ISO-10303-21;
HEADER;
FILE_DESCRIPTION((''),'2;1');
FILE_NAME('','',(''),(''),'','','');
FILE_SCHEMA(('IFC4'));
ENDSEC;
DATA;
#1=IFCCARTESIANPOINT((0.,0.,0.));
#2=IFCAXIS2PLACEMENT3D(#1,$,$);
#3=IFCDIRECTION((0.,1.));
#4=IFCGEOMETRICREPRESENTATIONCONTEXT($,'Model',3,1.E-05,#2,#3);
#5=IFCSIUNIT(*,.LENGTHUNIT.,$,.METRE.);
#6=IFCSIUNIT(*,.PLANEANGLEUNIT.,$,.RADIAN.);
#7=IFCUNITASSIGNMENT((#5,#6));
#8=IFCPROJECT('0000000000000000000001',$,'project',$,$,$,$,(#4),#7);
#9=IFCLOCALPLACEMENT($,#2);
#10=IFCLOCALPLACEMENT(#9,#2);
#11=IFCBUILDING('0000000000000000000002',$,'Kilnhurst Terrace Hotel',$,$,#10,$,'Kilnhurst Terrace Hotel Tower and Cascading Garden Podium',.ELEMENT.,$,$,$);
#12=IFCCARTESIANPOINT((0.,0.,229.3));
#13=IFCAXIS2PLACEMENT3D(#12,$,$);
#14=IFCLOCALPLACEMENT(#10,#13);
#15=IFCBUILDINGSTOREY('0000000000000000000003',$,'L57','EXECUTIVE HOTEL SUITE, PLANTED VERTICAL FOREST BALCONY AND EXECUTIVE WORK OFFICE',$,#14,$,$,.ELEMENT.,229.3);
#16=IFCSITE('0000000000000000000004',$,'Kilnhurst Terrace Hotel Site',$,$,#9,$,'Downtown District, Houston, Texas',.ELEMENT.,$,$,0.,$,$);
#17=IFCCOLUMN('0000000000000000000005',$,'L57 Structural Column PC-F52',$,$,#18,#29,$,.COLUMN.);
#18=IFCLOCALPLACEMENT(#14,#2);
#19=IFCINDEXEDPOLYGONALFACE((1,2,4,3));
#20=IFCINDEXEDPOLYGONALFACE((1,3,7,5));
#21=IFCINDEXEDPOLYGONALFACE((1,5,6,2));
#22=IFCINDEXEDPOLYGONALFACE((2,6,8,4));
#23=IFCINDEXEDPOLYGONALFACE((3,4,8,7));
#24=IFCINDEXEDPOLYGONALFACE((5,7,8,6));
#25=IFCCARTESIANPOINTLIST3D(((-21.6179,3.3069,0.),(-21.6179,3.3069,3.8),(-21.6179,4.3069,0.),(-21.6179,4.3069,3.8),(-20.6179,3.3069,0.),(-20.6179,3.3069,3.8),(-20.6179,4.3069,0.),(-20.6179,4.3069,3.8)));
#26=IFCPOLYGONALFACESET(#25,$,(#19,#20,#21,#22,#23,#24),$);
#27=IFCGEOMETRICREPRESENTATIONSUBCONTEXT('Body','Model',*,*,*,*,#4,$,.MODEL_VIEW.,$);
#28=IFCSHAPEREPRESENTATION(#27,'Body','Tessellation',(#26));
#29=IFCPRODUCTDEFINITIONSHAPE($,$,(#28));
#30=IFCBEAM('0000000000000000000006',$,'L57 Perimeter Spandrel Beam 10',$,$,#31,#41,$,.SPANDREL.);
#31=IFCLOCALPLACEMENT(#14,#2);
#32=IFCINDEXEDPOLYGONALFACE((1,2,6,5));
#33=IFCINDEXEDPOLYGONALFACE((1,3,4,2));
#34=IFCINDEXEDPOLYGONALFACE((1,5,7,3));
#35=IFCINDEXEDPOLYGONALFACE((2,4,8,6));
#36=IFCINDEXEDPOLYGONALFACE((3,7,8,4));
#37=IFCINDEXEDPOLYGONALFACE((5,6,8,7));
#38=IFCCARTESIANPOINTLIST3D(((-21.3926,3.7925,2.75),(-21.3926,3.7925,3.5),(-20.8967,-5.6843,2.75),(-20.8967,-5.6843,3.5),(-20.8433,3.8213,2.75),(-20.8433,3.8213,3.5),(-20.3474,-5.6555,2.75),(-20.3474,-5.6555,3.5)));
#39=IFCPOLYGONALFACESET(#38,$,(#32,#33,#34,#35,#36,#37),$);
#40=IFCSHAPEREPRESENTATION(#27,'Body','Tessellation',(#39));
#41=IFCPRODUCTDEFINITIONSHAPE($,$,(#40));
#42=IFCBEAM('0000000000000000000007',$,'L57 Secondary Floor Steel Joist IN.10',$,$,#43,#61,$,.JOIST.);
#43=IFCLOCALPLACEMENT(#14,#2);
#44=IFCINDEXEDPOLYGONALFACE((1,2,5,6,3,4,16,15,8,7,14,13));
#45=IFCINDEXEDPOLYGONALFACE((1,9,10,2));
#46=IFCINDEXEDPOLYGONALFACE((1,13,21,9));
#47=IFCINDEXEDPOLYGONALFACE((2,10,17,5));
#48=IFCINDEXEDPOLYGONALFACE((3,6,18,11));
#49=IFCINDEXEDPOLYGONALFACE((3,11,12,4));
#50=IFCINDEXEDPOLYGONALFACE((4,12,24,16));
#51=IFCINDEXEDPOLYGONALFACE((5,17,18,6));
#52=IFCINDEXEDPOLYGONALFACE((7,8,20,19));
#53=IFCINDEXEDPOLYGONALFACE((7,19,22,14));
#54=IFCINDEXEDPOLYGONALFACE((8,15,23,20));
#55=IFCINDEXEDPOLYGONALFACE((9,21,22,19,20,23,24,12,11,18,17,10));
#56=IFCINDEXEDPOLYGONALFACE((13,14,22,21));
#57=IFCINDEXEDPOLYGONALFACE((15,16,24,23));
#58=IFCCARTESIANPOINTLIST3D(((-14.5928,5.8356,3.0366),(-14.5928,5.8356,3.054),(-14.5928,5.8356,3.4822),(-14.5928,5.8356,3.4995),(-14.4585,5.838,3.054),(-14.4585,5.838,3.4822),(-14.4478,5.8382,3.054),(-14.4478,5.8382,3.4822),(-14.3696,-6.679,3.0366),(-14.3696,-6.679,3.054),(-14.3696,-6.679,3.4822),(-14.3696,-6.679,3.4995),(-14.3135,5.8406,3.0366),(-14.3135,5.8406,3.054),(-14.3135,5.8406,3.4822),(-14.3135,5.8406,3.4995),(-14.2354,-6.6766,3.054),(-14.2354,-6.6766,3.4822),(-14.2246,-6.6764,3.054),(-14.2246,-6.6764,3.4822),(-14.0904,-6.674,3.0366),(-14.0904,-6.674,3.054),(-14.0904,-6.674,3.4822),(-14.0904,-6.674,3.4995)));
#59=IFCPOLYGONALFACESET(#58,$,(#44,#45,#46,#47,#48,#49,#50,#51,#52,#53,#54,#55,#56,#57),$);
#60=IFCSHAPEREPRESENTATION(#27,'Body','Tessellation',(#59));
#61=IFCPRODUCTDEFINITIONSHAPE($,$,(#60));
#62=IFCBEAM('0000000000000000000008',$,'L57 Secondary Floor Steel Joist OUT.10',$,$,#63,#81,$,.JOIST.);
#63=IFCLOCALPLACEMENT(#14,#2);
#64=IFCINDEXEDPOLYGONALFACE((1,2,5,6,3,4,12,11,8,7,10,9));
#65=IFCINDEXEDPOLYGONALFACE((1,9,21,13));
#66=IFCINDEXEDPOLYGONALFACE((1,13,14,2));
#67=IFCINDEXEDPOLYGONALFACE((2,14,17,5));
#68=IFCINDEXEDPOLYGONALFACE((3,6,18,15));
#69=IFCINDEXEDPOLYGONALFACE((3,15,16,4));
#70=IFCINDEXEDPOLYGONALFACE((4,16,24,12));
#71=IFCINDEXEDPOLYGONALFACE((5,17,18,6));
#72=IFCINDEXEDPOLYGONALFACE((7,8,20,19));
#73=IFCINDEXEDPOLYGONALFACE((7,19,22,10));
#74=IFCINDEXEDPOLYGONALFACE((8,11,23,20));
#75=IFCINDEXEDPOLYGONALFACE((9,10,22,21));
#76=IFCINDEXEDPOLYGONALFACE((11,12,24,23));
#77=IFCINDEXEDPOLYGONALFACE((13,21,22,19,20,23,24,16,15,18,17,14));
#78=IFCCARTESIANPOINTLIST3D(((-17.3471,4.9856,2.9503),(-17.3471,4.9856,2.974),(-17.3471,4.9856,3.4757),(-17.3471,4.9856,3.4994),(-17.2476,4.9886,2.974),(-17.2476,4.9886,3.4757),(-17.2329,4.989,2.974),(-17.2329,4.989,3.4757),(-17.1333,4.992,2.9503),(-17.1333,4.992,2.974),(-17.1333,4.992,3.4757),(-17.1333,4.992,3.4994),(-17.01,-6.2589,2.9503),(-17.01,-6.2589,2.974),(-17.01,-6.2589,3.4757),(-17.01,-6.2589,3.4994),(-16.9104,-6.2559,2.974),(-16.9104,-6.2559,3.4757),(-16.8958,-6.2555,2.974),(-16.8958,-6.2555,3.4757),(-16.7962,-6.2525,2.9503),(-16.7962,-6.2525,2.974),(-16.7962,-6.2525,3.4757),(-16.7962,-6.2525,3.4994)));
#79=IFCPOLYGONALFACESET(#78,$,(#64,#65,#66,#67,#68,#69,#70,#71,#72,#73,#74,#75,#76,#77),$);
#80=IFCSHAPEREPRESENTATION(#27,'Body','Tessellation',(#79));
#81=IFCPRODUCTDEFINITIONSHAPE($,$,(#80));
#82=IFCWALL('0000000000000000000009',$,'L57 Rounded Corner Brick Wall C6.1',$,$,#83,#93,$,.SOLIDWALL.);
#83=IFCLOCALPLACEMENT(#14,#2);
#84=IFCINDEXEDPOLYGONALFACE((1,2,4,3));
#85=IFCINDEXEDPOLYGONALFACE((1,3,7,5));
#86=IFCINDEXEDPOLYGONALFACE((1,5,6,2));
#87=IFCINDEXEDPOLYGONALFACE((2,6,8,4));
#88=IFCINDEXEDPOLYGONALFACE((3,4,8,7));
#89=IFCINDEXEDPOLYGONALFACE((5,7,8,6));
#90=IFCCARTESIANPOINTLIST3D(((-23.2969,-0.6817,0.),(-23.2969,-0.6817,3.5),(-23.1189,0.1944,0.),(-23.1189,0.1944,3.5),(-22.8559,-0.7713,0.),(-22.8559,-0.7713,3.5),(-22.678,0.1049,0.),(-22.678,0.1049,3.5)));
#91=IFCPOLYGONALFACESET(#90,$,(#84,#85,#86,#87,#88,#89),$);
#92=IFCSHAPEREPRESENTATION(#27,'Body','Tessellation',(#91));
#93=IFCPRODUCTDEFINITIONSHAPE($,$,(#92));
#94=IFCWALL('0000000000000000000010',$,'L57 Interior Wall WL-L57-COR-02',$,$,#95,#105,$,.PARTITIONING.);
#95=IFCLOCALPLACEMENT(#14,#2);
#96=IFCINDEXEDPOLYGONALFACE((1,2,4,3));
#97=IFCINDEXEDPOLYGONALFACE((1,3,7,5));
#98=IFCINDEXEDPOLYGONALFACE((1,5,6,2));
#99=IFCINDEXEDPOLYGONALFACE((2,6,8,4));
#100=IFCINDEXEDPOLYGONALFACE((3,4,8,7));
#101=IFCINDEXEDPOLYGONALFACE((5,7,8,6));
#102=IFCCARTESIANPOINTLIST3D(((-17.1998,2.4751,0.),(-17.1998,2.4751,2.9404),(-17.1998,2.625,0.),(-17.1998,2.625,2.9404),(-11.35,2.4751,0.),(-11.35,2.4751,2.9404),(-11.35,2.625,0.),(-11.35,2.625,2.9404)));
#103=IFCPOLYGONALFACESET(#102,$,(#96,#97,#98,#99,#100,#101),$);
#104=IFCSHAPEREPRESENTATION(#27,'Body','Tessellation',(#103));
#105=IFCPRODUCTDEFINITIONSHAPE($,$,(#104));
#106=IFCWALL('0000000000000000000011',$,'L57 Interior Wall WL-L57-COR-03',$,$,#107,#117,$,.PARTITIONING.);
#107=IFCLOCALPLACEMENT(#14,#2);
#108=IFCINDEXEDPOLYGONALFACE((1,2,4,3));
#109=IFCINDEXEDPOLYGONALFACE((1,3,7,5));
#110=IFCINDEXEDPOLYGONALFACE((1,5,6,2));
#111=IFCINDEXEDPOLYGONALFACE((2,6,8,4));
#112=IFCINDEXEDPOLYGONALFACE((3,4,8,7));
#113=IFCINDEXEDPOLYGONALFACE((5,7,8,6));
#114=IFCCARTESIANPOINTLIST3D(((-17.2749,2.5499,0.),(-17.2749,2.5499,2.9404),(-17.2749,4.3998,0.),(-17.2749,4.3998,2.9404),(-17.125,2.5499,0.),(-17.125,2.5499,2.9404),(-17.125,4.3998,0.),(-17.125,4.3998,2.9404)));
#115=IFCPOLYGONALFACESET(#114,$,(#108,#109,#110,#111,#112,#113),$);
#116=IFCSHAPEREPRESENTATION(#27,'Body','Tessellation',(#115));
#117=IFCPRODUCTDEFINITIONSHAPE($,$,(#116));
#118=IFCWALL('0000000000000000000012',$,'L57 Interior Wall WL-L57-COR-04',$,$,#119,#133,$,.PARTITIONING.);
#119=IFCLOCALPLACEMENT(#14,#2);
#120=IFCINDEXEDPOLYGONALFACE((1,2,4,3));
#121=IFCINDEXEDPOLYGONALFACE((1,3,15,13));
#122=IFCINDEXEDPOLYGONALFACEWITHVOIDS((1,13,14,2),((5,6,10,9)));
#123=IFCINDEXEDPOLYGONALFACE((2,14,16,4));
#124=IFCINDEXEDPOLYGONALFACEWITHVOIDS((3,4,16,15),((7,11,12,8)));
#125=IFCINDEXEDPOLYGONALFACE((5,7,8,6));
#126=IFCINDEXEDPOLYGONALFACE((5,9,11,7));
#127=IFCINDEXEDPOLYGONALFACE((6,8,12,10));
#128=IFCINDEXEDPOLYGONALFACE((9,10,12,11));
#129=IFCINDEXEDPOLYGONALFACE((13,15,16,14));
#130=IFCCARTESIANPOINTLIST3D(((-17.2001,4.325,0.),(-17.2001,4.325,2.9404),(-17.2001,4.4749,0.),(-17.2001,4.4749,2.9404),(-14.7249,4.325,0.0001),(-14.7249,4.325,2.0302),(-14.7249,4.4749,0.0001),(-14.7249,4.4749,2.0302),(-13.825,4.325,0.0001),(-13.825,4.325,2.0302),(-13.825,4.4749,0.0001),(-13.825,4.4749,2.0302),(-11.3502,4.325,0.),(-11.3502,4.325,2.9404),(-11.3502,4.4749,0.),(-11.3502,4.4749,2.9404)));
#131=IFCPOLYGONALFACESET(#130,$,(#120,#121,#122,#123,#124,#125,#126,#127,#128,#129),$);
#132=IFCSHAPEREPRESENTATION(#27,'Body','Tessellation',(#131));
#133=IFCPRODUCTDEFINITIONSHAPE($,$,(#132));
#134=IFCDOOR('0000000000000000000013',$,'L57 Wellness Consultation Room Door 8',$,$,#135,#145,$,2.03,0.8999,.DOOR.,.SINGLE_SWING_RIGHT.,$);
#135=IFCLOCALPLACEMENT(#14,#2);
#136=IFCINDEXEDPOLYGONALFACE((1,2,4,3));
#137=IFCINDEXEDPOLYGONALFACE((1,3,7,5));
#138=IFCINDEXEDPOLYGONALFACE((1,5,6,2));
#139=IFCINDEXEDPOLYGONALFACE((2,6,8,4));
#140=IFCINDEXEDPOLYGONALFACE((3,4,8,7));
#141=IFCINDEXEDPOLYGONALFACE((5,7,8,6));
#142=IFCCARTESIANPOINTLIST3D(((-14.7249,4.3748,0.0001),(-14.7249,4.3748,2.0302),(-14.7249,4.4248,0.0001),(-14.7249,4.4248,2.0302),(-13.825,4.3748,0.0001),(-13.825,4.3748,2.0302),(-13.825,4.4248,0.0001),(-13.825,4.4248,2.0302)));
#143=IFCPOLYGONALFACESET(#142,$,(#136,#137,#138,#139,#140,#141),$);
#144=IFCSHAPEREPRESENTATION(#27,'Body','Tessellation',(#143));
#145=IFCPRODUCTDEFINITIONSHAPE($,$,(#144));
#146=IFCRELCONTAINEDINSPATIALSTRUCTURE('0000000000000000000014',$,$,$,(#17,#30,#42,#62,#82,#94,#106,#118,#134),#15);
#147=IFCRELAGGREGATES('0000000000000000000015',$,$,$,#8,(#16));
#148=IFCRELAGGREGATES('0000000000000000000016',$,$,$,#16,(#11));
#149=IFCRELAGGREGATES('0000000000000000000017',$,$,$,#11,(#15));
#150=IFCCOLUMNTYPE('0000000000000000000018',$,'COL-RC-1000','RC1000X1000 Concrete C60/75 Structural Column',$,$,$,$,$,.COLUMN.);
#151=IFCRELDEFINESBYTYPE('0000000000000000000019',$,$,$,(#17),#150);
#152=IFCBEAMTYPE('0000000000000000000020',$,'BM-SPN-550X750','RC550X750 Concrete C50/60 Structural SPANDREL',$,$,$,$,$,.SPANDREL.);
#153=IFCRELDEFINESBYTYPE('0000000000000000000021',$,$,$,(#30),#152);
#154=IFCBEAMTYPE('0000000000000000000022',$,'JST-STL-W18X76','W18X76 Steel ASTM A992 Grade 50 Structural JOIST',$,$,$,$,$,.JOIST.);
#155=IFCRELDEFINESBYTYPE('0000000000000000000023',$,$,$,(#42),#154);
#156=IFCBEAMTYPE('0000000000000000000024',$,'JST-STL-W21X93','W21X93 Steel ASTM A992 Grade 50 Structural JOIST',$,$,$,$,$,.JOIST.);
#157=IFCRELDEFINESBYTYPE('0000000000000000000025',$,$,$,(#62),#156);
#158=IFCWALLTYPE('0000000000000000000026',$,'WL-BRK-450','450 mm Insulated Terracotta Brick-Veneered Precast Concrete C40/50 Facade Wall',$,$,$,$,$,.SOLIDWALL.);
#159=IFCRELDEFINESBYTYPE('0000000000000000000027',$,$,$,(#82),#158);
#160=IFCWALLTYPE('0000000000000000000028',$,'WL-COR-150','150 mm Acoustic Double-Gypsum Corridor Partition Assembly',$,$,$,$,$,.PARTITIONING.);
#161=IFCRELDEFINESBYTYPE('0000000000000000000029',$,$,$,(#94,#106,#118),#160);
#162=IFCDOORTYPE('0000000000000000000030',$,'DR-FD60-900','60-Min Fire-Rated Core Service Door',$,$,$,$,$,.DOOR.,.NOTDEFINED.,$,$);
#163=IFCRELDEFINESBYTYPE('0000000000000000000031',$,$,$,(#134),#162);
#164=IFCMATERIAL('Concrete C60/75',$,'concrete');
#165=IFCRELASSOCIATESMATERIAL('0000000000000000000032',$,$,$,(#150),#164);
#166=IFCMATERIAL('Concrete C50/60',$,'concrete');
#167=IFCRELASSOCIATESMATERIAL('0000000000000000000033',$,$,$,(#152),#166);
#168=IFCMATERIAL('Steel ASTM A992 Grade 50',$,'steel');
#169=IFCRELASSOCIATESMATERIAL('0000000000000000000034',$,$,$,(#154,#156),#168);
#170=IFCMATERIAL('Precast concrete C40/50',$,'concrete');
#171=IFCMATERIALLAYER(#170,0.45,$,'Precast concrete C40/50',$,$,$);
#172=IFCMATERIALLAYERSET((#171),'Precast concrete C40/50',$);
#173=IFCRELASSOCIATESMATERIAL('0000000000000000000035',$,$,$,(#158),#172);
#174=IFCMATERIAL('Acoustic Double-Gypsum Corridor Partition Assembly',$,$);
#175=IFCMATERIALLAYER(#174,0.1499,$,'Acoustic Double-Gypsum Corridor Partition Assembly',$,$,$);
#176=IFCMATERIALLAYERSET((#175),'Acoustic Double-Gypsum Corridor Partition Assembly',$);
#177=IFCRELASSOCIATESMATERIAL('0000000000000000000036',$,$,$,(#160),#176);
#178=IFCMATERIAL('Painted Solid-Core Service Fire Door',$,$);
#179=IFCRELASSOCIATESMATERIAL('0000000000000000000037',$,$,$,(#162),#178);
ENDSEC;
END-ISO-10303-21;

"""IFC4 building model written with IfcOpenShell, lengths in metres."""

from ifc_helpers import new_model, si_unit, direction, frame, frame_2d, origin, origin_2d, place, context, subcontext, project, spatial, rectangle, i_section, extrude, material, layer, layer_set, material_profile, profile_set, type_object, element, fill, save


model = new_model("IFC4")

# Units and contexts
model_context = context("Model", 3, precision=1e-05, world=origin(), true_north=direction((0.0, 1.0)))
body_context = subcontext(model_context, "Body", "Model", "MODEL_VIEW")
ifc_project = project(units=[si_unit("LENGTHUNIT", "METRE"), si_unit("PLANEANGLEUNIT", "RADIAN")], contexts=[model_context])

# Site, building, storey
site_placement = place(None, origin())
site = spatial("IfcSite", under=ifc_project, at=site_placement, Name="Kilnhurst Terrace Hotel Site", LongName="Downtown District, Houston, Texas", CompositionType="ELEMENT", RefElevation=0.0)
building_placement = place(site_placement, origin())
building = spatial("IfcBuilding", under=site, at=building_placement, Name="Kilnhurst Terrace Hotel", LongName="Kilnhurst Terrace Hotel Tower and Cascading Garden Podium", CompositionType="ELEMENT")
storey_placement = place(building_placement, frame((0.0, 0.0, 229.3)))
storey = spatial("IfcBuildingStorey", under=building, at=storey_placement, Name="L57", Description="EXECUTIVE HOTEL SUITE, PLANTED VERTICAL FOREST BALCONY AND EXECUTIVE WORK OFFICE", CompositionType="ELEMENT", Elevation=229.3)

# Column
ifc_material_1 = material(Name="Concrete C60/75", Category="concrete")
ifc_material_profile_1 = material_profile(ifc_material_1, rectangle(XDim=1.0, YDim=1.0, at=origin_2d()), Name="RC1000X1000")
ifc_profile_set_1 = profile_set([ifc_material_profile_1], Name="Concrete C60/75")
column_type = type_object("IfcColumnType", Name="COL-RC-1000", Description="RC1000X1000 Concrete C60/75 Structural Column", PredefinedType="COLUMN", material=ifc_profile_set_1)
column_placement = place(storey_placement, frame((-21.1179, 3.8069, 0.0), z_axis=(0.0, 0.0, 1.0), x_axis=(1.0, 0.0, 0.0)))
element("IfcColumn", 1, at=column_placement, inside=storey, type_object=column_type, Name="L57 Structural Column PC-F52", PredefinedType="COLUMN", context=body_context, shape_type="SweptSolid", body=[
    extrude(rectangle(XDim=1.0, YDim=1.0, at=origin_2d()), origin(), (0.0, 0.0, 1.0), 3.8),
])

# Beams
ifc_material_2 = material(Name="Concrete C50/60", Category="concrete")
ifc_material_profile_2 = material_profile(ifc_material_2, rectangle(XDim=0.55, YDim=0.75, at=origin_2d()), Name="RC550X750")
ifc_profile_set_2 = profile_set([ifc_material_profile_2], Name="Concrete C50/60")
beam_type_1 = type_object("IfcBeamType", Name="BM-SPN-550X750", Description="RC550X750 Concrete C50/60 Structural SPANDREL", PredefinedType="SPANDREL", material=ifc_profile_set_2)
beam_1_placement = place(storey_placement, frame((-21.1179, 3.8069, 3.125), z_axis=(0.052251, -0.998634, 0.0), x_axis=(0.998634, 0.052251, 0.0)))
element("IfcBeam", 2, at=beam_1_placement, inside=storey, type_object=beam_type_1, Name="L57 Perimeter Spandrel Beam 10", PredefinedType="SPANDREL", context=body_context, shape_type="SweptSolid", body=[
    extrude(rectangle(XDim=0.55, YDim=0.75, at=origin_2d()), origin(), (0.0, 0.0, 1.0), 9.4897),
])
ifc_material_3 = material(Name="Steel ASTM A992 Grade 50", Category="steel")
ifc_material_profile_3 = material_profile(ifc_material_3, i_section(OverallWidth=0.2793, OverallDepth=0.4629, WebThickness=0.0107, FlangeThickness=0.0173, at=origin_2d()), Name="W18X76")
ifc_profile_set_3 = profile_set([ifc_material_profile_3], Name="Steel ASTM A992 Grade 50")
beam_type_2 = type_object("IfcBeamType", Name="JST-STL-W18X76", Description="W18X76 Steel ASTM A992 Grade 50 Structural JOIST", PredefinedType="JOIST", material=ifc_profile_set_3)
beam_2_placement = place(storey_placement, frame((-14.4531, 5.8381, 3.2681), z_axis=(0.017828, -0.999841, 0.0), x_axis=(0.999841, 0.017828, 0.0)))
element("IfcBeam", 3, at=beam_2_placement, inside=storey, type_object=beam_type_2, Name="L57 Secondary Floor Steel Joist IN.10", PredefinedType="JOIST", context=body_context, shape_type="SweptSolid", body=[
    extrude(i_section(OverallWidth=0.2793, OverallDepth=0.4629, WebThickness=0.0107, FlangeThickness=0.0173, at=origin_2d()), origin(), (0.0, 0.0, 1.0), 12.5166),
])
ifc_material_profile_4 = material_profile(ifc_material_3, i_section(OverallWidth=0.2139, OverallDepth=0.5491, WebThickness=0.0146, FlangeThickness=0.0237, at=origin_2d()), Name="W21X93")
ifc_profile_set_4 = profile_set([ifc_material_profile_4], Name="Steel ASTM A992 Grade 50")
beam_type_3 = type_object("IfcBeamType", Name="JST-STL-W21X93", Description="W21X93 Steel ASTM A992 Grade 50 Structural JOIST", PredefinedType="JOIST", material=ifc_profile_set_4)
beam_3_placement = place(storey_placement, frame((-17.2402, 4.9888, 3.2249), z_axis=(0.029971, -0.999551, 0.0), x_axis=(0.999551, 0.029971, 0.0)))
element("IfcBeam", 4, at=beam_3_placement, inside=storey, type_object=beam_type_3, Name="L57 Secondary Floor Steel Joist OUT.10", PredefinedType="JOIST", context=body_context, shape_type="SweptSolid", body=[
    extrude(i_section(OverallWidth=0.2139, OverallDepth=0.5491, WebThickness=0.0146, FlangeThickness=0.0237, at=origin_2d()), origin(), (0.0, 0.0, 1.0), 11.2495),
])

# Walls
ifc_material_4 = material(Name="Precast concrete C40/50", Category="concrete")
ifc_layer_1 = layer(ifc_material_4, 0.45, Name="Precast concrete C40/50")
ifc_layer_set_1 = layer_set([ifc_layer_1], Name="Precast concrete C40/50")
wall_type_1 = type_object("IfcWallType", Name="WL-BRK-450", Description="450 mm Insulated Terracotta Brick-Veneered Precast Concrete C40/50 Facade Wall", PredefinedType="SOLIDWALL", material=ifc_layer_set_1)
wall_1_placement = place(storey_placement, frame((-22.8984, 0.1497, 0.0), z_axis=(0.0, 0.0, 1.0), x_axis=(-0.199056, -0.979988, 0.0)))
element("IfcWall", 5, at=wall_1_placement, inside=storey, type_object=wall_type_1, Name="L57 Rounded Corner Brick Wall C6.1", PredefinedType="SOLIDWALL", context=body_context, shape_type="SweptSolid", body=[
    extrude(rectangle(XDim=0.894, YDim=0.45, at=frame_2d((0.447, 0.0))), origin(), (0.0, 0.0, 1.0), 3.5),
])
ifc_material_5 = material(Name="Acoustic Double-Gypsum Corridor Partition Assembly")
ifc_layer_2 = layer(ifc_material_5, 0.1499, Name="Acoustic Double-Gypsum Corridor Partition Assembly")
ifc_layer_set_2 = layer_set([ifc_layer_2], Name="Acoustic Double-Gypsum Corridor Partition Assembly")
wall_type_2 = type_object("IfcWallType", Name="WL-COR-150", Description="150 mm Acoustic Double-Gypsum Corridor Partition Assembly", PredefinedType="PARTITIONING", material=ifc_layer_set_2)
wall_2_placement = place(storey_placement, frame((-11.3501, 2.55, 0.0), z_axis=(0.0, 0.0, 1.0), x_axis=(-1.0, 0.0, 0.0)))
element("IfcWall", 6, at=wall_2_placement, inside=storey, type_object=wall_type_2, Name="L57 Interior Wall WL-L57-COR-02", PredefinedType="PARTITIONING", context=body_context, shape_type="SweptSolid", body=[
    extrude(rectangle(XDim=5.8499, YDim=0.1499, at=frame_2d((2.9248, 0.0))), origin(), (0.0, 0.0, 1.0), 2.9404),
])
wall_3_placement = place(storey_placement, frame((-17.2, 2.55, 0.0), z_axis=(0.0, 0.0, 1.0), x_axis=(0.0, 1.0, 0.0)))
element("IfcWall", 7, at=wall_3_placement, inside=storey, type_object=wall_type_2, Name="L57 Interior Wall WL-L57-COR-03", PredefinedType="PARTITIONING", context=body_context, shape_type="SweptSolid", body=[
    extrude(rectangle(XDim=1.8499, YDim=0.1499, at=frame_2d((0.9248, 0.0))), origin(), (0.0, 0.0, 1.0), 2.9404),
])

# Wall, opening, door
wall_4_placement = place(storey_placement, frame((-17.2, 4.3999, 0.0), z_axis=(0.0, 0.0, 1.0), x_axis=(1.0, 0.0, 0.0)))
wall_4 = element("IfcWall", 8, at=wall_4_placement, inside=storey, type_object=wall_type_2, Name="L57 Interior Wall WL-L57-COR-04", PredefinedType="PARTITIONING", context=body_context, shape_type="SweptSolid", body=[
    extrude(rectangle(XDim=5.8499, YDim=0.1499, at=frame_2d((2.9248, 0.0))), origin(), (0.0, 0.0, 1.0), 2.9404),
])
opening_1_placement = place(wall_4_placement, frame((2.4751, 0.0, 0.0)))
opening_1 = element("IfcOpeningElement", 9, at=opening_1_placement, cuts=wall_4, PredefinedType="OPENING", context=body_context, shape_type="SweptSolid", body=[
    extrude(rectangle(XDim=0.8999, YDim=2.03, at=frame_2d((0.45, 1.0151))), frame((0.0, 0.085, 0.0), z_axis=(0.0, -1.0, 0.0), x_axis=(1.0, 0.0, 0.0)), (0.0, 0.0, 1.0), 0.1699),
])
ifc_material_6 = material(Name="Painted Solid-Core Service Fire Door")
door_type_1 = type_object("IfcDoorType", Name="DR-FD60-900", Description="60-Min Fire-Rated Core Service Door", OperationType="NOTDEFINED", PredefinedType="DOOR", material=ifc_material_6)
door_1_placement = place(opening_1_placement, origin())
door_1 = element("IfcDoor", 10, at=door_1_placement, inside=storey, type_object=door_type_1, Name="L57 Wellness Consultation Room Door 8", OperationType="SINGLE_SWING_RIGHT", OverallHeight=2.03, OverallWidth=0.8999, PredefinedType="DOOR", context=body_context, shape_type="SweptSolid", body=[
    extrude(rectangle(XDim=0.8999, YDim=2.03, at=frame_2d((0.45, 1.0151))), frame((0.0, 0.0249, 0.0), z_axis=(0.0, -1.0, 0.0), x_axis=(1.0, 0.0, 0.0)), (0.0, 0.0, 1.0), 0.05),
])
fill(opening_1, door_1)

save(model, "model.ifc")
